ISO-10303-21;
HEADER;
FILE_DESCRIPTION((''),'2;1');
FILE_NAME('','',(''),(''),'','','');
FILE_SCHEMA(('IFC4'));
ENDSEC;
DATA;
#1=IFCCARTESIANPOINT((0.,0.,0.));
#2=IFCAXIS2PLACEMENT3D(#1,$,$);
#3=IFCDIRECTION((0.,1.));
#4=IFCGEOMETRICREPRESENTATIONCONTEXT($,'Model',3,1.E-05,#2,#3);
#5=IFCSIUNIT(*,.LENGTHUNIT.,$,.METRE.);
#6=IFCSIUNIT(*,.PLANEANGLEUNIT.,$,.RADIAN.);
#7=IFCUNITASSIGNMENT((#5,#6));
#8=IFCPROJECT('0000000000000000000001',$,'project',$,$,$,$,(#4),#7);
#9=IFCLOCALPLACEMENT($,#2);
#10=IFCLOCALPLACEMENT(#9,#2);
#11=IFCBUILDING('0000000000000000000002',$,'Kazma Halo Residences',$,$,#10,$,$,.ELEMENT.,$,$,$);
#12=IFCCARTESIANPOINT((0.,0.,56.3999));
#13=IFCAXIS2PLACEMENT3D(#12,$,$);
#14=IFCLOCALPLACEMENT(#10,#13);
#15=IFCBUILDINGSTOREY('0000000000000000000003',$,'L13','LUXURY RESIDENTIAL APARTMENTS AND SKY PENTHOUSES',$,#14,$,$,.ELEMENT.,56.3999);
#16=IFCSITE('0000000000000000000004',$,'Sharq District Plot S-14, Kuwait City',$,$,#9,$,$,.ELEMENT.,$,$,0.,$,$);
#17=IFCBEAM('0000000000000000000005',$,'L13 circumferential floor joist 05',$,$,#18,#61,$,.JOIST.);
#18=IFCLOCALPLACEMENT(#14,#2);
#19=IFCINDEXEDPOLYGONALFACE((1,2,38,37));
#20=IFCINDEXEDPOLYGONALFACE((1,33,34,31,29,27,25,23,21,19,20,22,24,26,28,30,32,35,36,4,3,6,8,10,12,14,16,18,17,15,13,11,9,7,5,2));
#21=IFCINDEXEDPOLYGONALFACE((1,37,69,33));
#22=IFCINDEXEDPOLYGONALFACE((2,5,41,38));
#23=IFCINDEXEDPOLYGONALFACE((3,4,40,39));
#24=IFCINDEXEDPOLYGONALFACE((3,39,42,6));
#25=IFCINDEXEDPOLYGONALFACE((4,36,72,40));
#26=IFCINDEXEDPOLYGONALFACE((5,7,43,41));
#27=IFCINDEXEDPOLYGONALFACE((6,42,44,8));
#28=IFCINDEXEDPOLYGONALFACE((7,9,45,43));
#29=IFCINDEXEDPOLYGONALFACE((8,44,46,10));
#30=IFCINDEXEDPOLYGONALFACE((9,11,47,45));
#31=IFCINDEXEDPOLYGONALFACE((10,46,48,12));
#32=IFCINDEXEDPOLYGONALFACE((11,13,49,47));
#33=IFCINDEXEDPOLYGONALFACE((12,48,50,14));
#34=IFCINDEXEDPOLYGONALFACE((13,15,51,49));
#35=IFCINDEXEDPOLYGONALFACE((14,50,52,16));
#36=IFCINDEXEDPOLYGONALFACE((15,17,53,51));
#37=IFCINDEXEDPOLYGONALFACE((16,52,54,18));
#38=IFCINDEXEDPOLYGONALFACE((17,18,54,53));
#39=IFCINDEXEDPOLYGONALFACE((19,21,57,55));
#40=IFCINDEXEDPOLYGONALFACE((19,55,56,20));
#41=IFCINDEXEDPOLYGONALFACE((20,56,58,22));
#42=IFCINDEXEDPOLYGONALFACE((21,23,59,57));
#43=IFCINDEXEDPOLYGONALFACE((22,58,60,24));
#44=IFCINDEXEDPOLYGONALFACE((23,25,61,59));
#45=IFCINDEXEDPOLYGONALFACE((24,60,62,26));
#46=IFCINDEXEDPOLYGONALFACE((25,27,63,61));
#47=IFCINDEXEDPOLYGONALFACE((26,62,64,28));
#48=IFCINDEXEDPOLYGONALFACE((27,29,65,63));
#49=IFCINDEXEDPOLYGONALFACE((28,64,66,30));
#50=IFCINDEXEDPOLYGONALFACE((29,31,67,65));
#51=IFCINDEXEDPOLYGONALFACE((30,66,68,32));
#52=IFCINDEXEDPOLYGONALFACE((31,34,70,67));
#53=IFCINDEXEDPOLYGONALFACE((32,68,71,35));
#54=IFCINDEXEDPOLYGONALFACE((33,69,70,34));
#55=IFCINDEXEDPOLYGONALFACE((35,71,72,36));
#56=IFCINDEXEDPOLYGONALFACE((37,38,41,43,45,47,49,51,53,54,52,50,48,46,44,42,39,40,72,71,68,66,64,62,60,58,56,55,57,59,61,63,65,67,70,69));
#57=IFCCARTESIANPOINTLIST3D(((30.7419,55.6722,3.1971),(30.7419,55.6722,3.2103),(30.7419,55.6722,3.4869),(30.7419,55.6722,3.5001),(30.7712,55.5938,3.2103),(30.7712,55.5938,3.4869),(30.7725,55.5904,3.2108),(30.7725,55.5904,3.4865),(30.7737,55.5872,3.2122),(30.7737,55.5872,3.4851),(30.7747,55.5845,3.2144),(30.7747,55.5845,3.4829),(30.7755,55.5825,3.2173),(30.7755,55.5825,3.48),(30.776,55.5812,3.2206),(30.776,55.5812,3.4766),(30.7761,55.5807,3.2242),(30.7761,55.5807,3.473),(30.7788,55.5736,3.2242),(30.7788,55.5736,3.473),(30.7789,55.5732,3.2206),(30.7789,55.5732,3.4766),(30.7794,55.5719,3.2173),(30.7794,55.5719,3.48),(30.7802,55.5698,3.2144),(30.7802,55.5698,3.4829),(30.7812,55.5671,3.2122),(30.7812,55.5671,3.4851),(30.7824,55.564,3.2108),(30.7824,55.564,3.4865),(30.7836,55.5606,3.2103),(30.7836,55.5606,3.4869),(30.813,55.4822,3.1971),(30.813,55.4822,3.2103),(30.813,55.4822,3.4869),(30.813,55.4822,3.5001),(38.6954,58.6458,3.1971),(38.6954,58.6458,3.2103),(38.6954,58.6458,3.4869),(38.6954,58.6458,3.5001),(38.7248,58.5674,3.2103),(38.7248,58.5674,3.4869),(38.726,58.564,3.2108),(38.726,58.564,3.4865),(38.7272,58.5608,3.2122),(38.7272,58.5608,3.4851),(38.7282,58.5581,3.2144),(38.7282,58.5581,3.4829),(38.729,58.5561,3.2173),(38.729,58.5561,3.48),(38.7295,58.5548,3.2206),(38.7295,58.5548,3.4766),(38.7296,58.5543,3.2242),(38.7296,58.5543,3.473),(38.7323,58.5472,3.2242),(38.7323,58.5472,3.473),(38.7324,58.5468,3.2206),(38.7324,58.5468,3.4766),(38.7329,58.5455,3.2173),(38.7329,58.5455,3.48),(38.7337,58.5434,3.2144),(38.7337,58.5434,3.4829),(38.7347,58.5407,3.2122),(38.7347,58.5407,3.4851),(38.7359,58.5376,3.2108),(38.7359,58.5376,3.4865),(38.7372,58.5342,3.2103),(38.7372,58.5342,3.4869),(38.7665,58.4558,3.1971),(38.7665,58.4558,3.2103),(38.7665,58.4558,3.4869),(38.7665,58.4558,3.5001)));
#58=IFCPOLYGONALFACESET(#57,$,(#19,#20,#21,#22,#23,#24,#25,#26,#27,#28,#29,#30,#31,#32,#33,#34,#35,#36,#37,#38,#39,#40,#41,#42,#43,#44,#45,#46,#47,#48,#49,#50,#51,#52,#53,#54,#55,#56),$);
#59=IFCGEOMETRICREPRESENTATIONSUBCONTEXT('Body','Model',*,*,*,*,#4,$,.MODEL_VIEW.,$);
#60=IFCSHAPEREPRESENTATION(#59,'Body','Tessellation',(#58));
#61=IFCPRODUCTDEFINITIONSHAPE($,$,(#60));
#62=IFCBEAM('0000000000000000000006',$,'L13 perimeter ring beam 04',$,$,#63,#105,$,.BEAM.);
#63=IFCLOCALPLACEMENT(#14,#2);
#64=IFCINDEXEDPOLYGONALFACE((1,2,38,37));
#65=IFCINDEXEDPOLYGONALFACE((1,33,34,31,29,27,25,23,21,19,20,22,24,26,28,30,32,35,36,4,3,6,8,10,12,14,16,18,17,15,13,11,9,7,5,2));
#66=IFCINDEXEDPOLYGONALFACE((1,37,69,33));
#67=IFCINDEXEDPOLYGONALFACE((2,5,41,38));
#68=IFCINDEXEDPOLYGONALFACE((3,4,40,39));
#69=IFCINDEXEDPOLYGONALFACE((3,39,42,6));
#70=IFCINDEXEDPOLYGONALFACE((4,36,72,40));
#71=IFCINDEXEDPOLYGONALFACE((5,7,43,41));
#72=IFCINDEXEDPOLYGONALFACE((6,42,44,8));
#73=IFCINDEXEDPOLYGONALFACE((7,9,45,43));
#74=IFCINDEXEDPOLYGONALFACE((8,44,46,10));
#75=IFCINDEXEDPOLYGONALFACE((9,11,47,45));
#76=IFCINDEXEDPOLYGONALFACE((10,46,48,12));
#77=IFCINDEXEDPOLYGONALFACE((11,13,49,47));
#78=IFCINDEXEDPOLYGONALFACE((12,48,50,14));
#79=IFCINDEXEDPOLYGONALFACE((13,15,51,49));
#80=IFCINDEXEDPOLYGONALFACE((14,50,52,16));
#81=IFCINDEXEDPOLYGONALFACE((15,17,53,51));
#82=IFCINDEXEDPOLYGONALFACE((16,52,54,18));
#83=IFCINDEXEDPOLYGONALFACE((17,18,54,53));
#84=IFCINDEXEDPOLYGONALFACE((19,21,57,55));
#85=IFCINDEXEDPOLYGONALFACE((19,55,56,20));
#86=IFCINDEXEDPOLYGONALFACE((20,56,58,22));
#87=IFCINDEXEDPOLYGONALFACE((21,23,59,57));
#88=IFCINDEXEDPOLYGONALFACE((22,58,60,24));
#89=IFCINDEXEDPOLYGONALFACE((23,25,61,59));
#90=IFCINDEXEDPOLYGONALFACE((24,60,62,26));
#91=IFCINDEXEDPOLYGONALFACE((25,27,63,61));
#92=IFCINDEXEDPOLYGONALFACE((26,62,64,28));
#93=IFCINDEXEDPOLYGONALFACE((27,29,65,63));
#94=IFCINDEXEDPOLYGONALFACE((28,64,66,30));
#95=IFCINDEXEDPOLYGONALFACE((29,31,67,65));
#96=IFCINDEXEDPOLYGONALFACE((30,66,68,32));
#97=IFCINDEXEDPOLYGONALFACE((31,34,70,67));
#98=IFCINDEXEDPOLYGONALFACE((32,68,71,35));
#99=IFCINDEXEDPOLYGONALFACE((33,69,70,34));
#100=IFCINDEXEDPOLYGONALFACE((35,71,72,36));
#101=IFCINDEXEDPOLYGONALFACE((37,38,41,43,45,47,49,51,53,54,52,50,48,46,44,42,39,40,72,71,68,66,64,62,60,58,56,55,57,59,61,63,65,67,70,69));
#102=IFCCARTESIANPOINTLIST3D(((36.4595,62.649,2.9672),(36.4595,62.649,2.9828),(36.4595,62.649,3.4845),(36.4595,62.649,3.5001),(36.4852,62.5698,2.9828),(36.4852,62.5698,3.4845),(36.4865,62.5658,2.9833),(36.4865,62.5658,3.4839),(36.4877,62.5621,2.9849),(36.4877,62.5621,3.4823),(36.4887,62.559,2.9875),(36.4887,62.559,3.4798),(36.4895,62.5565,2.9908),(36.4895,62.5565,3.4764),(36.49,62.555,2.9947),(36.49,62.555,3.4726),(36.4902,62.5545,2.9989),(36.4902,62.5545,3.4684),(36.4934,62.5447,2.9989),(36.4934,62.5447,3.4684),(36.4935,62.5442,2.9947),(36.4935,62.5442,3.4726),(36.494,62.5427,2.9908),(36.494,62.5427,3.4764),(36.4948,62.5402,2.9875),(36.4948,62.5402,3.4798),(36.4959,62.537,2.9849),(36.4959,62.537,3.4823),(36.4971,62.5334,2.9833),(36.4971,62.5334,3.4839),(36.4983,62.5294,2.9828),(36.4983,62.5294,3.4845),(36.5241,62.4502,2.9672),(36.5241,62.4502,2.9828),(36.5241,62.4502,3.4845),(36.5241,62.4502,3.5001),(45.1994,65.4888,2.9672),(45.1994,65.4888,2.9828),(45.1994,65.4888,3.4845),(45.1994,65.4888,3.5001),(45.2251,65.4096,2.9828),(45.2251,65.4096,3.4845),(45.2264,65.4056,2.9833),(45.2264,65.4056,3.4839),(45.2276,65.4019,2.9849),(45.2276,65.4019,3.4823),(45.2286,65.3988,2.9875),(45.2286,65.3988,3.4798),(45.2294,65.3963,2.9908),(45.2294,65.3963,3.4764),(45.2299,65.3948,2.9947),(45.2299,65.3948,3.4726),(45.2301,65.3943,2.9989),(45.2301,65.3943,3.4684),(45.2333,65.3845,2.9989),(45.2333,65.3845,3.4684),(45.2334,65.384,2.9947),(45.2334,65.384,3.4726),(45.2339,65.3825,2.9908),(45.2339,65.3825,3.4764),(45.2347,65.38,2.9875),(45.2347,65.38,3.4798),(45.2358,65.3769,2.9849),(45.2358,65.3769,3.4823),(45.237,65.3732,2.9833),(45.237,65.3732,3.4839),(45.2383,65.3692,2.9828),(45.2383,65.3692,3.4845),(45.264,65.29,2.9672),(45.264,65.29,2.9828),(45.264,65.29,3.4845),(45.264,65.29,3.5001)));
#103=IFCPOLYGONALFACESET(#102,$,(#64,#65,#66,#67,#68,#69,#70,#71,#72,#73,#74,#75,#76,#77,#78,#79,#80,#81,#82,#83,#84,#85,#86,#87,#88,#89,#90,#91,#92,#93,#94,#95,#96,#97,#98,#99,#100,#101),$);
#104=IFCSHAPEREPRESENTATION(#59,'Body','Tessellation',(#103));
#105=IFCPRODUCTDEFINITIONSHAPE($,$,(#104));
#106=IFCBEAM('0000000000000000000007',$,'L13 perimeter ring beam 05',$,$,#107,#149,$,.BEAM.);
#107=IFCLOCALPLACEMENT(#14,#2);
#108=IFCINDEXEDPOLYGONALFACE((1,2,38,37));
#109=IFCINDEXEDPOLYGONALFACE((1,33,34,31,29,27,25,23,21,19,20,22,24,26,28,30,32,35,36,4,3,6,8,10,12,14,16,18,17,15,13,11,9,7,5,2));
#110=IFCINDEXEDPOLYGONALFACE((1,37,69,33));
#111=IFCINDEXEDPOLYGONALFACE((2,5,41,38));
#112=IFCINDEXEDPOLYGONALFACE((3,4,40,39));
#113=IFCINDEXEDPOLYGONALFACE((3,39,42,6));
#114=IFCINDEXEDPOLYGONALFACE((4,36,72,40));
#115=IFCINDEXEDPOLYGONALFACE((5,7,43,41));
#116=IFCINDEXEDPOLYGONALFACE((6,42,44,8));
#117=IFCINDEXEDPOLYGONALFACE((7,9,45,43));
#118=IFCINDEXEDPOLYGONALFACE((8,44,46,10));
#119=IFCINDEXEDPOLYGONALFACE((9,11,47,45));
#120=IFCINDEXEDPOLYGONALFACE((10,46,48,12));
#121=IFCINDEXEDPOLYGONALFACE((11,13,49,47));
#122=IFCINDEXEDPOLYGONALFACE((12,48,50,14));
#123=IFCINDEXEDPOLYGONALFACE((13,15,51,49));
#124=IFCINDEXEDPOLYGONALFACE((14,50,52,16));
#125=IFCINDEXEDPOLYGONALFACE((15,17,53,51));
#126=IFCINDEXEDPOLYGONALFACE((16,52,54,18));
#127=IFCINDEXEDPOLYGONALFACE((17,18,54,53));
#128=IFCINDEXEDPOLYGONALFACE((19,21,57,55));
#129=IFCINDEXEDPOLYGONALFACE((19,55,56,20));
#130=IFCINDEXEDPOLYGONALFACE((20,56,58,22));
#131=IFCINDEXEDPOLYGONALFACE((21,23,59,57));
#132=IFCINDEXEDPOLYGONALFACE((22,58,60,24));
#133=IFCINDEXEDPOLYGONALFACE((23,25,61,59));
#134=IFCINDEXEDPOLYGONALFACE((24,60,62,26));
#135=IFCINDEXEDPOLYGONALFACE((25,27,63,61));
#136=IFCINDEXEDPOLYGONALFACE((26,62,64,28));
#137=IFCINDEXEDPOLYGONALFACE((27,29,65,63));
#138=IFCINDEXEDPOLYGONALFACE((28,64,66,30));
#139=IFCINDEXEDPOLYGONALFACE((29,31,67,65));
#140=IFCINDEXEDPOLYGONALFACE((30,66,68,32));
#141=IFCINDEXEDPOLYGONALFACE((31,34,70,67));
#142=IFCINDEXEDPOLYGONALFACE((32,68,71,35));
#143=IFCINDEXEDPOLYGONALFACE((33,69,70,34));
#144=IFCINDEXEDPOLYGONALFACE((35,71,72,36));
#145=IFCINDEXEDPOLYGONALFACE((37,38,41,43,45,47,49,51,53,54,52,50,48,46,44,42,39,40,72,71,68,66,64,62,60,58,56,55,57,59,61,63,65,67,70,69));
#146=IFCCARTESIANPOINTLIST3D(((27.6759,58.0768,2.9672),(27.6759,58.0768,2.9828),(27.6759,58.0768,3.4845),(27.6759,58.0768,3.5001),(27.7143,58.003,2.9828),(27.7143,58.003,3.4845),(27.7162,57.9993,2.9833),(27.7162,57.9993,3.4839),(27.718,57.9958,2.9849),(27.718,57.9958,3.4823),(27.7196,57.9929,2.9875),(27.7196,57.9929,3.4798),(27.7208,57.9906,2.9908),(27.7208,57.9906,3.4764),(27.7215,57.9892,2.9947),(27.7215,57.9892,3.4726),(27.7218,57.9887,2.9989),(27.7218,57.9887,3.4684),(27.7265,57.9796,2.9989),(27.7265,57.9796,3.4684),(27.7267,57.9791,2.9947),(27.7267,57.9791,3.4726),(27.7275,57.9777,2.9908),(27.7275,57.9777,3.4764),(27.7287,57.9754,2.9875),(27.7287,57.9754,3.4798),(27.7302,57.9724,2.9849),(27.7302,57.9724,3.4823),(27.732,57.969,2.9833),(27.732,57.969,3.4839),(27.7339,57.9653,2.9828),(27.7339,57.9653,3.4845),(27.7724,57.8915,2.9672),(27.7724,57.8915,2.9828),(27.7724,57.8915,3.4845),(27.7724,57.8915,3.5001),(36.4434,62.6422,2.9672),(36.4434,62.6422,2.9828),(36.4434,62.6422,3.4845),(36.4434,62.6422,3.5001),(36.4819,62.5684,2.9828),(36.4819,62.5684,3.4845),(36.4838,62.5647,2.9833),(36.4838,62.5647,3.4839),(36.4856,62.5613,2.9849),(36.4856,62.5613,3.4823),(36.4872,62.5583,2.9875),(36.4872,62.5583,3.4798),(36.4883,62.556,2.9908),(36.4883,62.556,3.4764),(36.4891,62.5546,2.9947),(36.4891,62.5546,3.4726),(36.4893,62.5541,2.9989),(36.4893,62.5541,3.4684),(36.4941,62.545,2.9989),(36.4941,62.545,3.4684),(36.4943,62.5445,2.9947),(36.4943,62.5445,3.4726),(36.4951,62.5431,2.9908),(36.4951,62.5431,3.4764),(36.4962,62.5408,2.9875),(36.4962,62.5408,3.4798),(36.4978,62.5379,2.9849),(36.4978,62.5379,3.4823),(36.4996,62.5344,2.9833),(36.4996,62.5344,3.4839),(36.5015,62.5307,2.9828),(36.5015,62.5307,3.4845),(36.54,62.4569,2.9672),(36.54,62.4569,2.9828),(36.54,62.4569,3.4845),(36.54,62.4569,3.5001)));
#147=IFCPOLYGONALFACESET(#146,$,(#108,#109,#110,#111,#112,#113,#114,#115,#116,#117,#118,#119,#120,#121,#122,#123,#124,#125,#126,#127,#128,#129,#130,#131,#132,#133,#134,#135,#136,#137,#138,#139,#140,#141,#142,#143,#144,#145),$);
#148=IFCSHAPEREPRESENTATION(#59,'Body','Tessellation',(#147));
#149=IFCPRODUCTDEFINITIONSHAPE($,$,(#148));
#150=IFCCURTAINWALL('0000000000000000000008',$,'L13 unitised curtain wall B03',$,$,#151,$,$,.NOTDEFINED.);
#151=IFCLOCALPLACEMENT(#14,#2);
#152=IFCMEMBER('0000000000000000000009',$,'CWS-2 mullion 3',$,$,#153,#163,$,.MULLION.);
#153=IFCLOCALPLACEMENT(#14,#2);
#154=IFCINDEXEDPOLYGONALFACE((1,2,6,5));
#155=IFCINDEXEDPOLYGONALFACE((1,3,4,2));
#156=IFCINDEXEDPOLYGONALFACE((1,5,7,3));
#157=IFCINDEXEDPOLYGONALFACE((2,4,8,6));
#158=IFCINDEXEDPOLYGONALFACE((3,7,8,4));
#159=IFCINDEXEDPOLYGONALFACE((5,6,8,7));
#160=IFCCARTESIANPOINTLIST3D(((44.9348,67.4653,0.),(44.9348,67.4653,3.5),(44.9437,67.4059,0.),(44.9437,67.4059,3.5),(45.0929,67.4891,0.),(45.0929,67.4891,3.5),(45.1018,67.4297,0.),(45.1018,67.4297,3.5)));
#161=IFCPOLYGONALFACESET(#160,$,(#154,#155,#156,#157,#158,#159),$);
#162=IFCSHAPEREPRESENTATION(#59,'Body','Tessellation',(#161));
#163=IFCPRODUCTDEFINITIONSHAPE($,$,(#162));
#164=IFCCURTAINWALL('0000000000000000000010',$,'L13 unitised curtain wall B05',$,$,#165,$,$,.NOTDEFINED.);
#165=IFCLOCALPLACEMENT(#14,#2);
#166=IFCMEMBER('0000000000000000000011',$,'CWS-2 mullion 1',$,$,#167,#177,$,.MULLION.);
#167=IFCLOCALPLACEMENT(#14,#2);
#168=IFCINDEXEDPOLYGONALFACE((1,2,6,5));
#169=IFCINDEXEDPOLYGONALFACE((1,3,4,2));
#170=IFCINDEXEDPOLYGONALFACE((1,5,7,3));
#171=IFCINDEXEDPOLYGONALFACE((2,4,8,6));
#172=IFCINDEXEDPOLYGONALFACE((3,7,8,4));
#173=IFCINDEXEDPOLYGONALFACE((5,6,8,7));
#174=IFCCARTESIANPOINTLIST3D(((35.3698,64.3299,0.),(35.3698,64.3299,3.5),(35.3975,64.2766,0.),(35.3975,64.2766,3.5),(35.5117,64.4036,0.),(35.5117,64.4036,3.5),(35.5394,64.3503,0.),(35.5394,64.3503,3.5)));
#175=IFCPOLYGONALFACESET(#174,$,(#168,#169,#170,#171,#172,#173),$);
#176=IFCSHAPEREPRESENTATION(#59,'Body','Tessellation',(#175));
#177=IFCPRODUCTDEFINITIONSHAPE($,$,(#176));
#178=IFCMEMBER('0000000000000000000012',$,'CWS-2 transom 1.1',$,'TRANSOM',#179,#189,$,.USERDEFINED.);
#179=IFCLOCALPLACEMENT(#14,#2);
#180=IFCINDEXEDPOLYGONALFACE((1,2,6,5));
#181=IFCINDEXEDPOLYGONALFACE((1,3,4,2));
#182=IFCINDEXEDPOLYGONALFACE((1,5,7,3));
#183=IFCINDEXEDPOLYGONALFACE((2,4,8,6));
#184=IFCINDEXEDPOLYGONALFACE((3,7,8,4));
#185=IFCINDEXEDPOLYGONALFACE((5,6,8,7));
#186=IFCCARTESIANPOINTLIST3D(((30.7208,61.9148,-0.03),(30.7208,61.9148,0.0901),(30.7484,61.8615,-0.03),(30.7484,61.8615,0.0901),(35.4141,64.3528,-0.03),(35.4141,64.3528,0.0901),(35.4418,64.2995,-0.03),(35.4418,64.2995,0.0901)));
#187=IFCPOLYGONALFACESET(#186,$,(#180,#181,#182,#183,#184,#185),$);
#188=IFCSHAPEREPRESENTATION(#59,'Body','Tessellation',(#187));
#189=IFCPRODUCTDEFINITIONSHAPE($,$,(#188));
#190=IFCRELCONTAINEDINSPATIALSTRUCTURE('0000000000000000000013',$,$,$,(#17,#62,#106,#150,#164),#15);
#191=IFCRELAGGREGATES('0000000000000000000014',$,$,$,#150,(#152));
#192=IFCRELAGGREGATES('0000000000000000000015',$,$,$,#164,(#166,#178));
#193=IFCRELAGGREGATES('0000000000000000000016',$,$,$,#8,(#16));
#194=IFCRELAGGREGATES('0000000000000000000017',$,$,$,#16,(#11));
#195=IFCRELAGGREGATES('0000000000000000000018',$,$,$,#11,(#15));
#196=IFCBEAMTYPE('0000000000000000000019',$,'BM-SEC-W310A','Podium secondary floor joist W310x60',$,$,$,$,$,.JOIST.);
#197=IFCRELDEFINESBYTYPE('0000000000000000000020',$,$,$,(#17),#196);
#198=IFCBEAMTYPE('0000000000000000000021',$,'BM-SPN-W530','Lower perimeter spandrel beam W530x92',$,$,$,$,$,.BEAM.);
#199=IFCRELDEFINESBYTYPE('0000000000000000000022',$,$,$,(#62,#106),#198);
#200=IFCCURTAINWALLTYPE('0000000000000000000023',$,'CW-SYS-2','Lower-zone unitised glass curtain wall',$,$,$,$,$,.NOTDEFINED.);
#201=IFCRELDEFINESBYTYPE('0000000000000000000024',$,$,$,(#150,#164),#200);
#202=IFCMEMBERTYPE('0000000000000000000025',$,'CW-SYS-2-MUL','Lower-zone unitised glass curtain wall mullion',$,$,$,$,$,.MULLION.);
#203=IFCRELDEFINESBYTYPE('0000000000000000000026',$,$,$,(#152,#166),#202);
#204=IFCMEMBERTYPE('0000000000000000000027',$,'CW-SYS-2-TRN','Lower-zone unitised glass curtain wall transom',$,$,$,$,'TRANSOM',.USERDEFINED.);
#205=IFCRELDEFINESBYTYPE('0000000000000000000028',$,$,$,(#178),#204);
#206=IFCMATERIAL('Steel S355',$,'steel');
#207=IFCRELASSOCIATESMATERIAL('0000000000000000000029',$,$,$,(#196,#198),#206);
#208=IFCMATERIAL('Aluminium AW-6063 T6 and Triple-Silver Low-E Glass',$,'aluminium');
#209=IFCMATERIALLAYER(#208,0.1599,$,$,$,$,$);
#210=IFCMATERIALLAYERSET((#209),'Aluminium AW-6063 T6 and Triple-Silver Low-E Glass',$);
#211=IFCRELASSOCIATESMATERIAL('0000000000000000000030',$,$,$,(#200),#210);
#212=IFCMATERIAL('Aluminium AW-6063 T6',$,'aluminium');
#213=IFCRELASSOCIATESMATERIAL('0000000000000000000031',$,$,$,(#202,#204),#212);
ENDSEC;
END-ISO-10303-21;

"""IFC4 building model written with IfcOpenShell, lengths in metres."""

from ifc_helpers import new_model, si_unit, direction, frame, origin, origin_2d, place, context, subcontext, project, spatial, rectangle, i_section, extrude, material, layer, layer_set, material_profile, profile_set, type_object, element, aggregate, save


model = new_model("IFC4")

# Units and contexts
model_context = context("Model", 3, precision=1e-05, world=origin(), true_north=direction((0.0, 1.0)))
body_context = subcontext(model_context, "Body", "Model", "MODEL_VIEW")
ifc_project = project(units=[si_unit("LENGTHUNIT", "METRE"), si_unit("PLANEANGLEUNIT", "RADIAN")], contexts=[model_context])

# Site, building, storey
site_placement = place(None, origin())
site = spatial("IfcSite", under=ifc_project, at=site_placement, Name="Sharq District Plot S-14, Kuwait City", CompositionType="ELEMENT", RefElevation=0.0)
building_placement = place(site_placement, origin())
building = spatial("IfcBuilding", under=site, at=building_placement, Name="Kazma Halo Residences", CompositionType="ELEMENT")
storey_placement = place(building_placement, frame((0.0, 0.0, 56.3999)))
storey = spatial("IfcBuildingStorey", under=building, at=storey_placement, Name="L13", Description="LUXURY RESIDENTIAL APARTMENTS AND SKY PENTHOUSES", CompositionType="ELEMENT", Elevation=56.3999)

# Beams
ifc_material_1 = material(Name="Steel S355", Category="steel")
ifc_material_profile_1 = material_profile(ifc_material_1, i_section(OverallWidth=0.2029, OverallDepth=0.303, WebThickness=0.0076, FlangeThickness=0.0132, FilletRadius=0.0139, at=origin_2d()), Name="W310x60")
ifc_profile_set_1 = profile_set([ifc_material_profile_1], Name="Steel S355")
beam_type_1 = type_object("IfcBeamType", Name="BM-SEC-W310A", Description="Podium secondary floor joist W310x60", PredefinedType="JOIST", material=ifc_profile_set_1)
beam_1_placement = place(storey_placement, frame((38.731, 58.5508, 3.3486), z_axis=(-0.936676, -0.350197, 0.0), x_axis=(0.350197, -0.936676, 0.0)))
element("IfcBeam", 1, at=beam_1_placement, inside=storey, type_object=beam_type_1, Name="L13 circumferential floor joist 05", PredefinedType="JOIST", context=body_context, shape_type="SweptSolid", body=[
    extrude(i_section(OverallWidth=0.2029, OverallDepth=0.303, WebThickness=0.0076, FlangeThickness=0.0132, FilletRadius=0.0139, at=origin_2d()), origin(), (0.0, 0.0, 1.0), 8.4912),
])
ifc_material_profile_2 = material_profile(ifc_material_1, i_section(OverallWidth=0.209, OverallDepth=0.533, WebThickness=0.0103, FlangeThickness=0.0156, FilletRadius=0.0161, at=origin_2d()), Name="W530x92")
ifc_profile_set_2 = profile_set([ifc_material_profile_2], Name="Steel S355")
beam_type_2 = type_object("IfcBeamType", Name="BM-SPN-W530", Description="Lower perimeter spandrel beam W530x92", PredefinedType="BEAM", material=ifc_profile_set_2)
beam_2_placement = place(storey_placement, frame((45.2317, 65.3894, 3.2336), z_axis=(-0.951055, -0.309022, 0.0), x_axis=(0.309022, -0.951055, 0.0)))
element("IfcBeam", 2, at=beam_2_placement, inside=storey, type_object=beam_type_2, Name="L13 perimeter ring beam 04", PredefinedType="BEAM", context=body_context, shape_type="SweptSolid", body=[
    extrude(i_section(OverallWidth=0.209, OverallDepth=0.533, WebThickness=0.0103, FlangeThickness=0.0156, FilletRadius=0.0161, at=origin_2d()), origin(), (0.0, 0.0, 1.0), 9.1897),
])
beam_3_placement = place(storey_placement, frame((36.4917, 62.5496, 3.2336), z_axis=(-0.886956, -0.461853, 0.0), x_axis=(0.461853, -0.886956, 0.0)))
element("IfcBeam", 3, at=beam_3_placement, inside=storey, type_object=beam_type_2, Name="L13 perimeter ring beam 05", PredefinedType="BEAM", context=body_context, shape_type="SweptSolid", body=[
    extrude(i_section(OverallWidth=0.209, OverallDepth=0.533, WebThickness=0.0103, FlangeThickness=0.0156, FilletRadius=0.0161, at=origin_2d()), origin(), (0.0, 0.0, 1.0), 9.885),
])

# Curtain wall, member
ifc_material_2 = material(Name="Aluminium AW-6063 T6 and Triple-Silver Low-E Glass", Category="aluminium")
ifc_layer_1 = layer(ifc_material_2, 0.1599)
ifc_layer_set_1 = layer_set([ifc_layer_1], Name="Aluminium AW-6063 T6 and Triple-Silver Low-E Glass")
curtain_wall_type = type_object("IfcCurtainWallType", Name="CW-SYS-2", Description="Lower-zone unitised glass curtain wall", PredefinedType="NOTDEFINED", material=ifc_layer_set_1)
curtain_wall_1_placement = place(storey_placement, origin())
curtain_wall_1 = element("IfcCurtainWall", 4, at=curtain_wall_1_placement, inside=storey, type_object=curtain_wall_type, Name="L13 unitised curtain wall B03", PredefinedType="NOTDEFINED")
ifc_material_3 = material(Name="Aluminium AW-6063 T6", Category="aluminium")
ifc_material_profile_3 = material_profile(ifc_material_3, rectangle(XDim=0.0601, YDim=0.1599, at=origin_2d()), Name="CWM-60x160")
ifc_profile_set_3 = profile_set([ifc_material_profile_3], Name="Aluminium AW-6063 T6")
member_type_1 = type_object("IfcMemberType", Name="CW-SYS-2-MUL", Description="Lower-zone unitised glass curtain wall mullion", PredefinedType="MULLION", material=ifc_profile_set_3)
member_1_placement = place(storey_placement, frame((45.0183, 67.4475, 0.0), z_axis=(0.0, 0.0, 1.0), x_axis=(0.148657, -0.988889, 0.0)))
member_1 = element("IfcMember", 5, at=member_1_placement, type_object=member_type_1, Name="CWS-2 mullion 3", PredefinedType="MULLION", context=body_context, shape_type="SweptSolid", body=[
    extrude(rectangle(XDim=0.0601, YDim=0.1599, at=origin_2d()), origin(), (0.0, 0.0, 1.0), 3.5),
])
aggregate(curtain_wall_1, [member_1])

# Curtain wall, members
curtain_wall_2_placement = place(storey_placement, origin())
curtain_wall_2 = element("IfcCurtainWall", 6, at=curtain_wall_2_placement, inside=storey, type_object=curtain_wall_type, Name="L13 unitised curtain wall B05", PredefinedType="NOTDEFINED")
member_2_placement = place(storey_placement, frame((35.4546, 64.3401, 0.0), z_axis=(0.0, 0.0, 1.0), x_axis=(0.460996, -0.887402, 0.0)))
member_2 = element("IfcMember", 7, at=member_2_placement, type_object=member_type_1, Name="CWS-2 mullion 1", PredefinedType="MULLION", context=body_context, shape_type="SweptSolid", body=[
    extrude(rectangle(XDim=0.0601, YDim=0.1599, at=origin_2d()), origin(), (0.0, 0.0, 1.0), 3.5),
])
ifc_material_profile_4 = material_profile(ifc_material_3, rectangle(XDim=0.0601, YDim=0.1201, at=origin_2d()), Name="CWT-60x120")
ifc_profile_set_4 = profile_set([ifc_material_profile_4], Name="Aluminium AW-6063 T6")
member_type_2 = type_object("IfcMemberType", Name="CW-SYS-2-TRN", Description="Lower-zone unitised glass curtain wall transom", ElementType="TRANSOM", PredefinedType="USERDEFINED", material=ifc_profile_set_4)
member_3_placement = place(storey_placement, frame((35.428, 64.3262, 0.03), z_axis=(-0.887415, -0.460972, 0.0), x_axis=(0.460972, -0.887415, 0.0)))
member_3 = element("IfcMember", 8, at=member_3_placement, type_object=member_type_2, Name="CWS-2 transom 1.1", ObjectType="TRANSOM", PredefinedType="USERDEFINED", context=body_context, shape_type="SweptSolid", body=[
    extrude(rectangle(XDim=0.0601, YDim=0.1201, at=origin_2d()), origin(), (0.0, 0.0, 1.0), 5.2888),
])
aggregate(curtain_wall_2, [member_2, member_3])

save(model, "model.ifc")
